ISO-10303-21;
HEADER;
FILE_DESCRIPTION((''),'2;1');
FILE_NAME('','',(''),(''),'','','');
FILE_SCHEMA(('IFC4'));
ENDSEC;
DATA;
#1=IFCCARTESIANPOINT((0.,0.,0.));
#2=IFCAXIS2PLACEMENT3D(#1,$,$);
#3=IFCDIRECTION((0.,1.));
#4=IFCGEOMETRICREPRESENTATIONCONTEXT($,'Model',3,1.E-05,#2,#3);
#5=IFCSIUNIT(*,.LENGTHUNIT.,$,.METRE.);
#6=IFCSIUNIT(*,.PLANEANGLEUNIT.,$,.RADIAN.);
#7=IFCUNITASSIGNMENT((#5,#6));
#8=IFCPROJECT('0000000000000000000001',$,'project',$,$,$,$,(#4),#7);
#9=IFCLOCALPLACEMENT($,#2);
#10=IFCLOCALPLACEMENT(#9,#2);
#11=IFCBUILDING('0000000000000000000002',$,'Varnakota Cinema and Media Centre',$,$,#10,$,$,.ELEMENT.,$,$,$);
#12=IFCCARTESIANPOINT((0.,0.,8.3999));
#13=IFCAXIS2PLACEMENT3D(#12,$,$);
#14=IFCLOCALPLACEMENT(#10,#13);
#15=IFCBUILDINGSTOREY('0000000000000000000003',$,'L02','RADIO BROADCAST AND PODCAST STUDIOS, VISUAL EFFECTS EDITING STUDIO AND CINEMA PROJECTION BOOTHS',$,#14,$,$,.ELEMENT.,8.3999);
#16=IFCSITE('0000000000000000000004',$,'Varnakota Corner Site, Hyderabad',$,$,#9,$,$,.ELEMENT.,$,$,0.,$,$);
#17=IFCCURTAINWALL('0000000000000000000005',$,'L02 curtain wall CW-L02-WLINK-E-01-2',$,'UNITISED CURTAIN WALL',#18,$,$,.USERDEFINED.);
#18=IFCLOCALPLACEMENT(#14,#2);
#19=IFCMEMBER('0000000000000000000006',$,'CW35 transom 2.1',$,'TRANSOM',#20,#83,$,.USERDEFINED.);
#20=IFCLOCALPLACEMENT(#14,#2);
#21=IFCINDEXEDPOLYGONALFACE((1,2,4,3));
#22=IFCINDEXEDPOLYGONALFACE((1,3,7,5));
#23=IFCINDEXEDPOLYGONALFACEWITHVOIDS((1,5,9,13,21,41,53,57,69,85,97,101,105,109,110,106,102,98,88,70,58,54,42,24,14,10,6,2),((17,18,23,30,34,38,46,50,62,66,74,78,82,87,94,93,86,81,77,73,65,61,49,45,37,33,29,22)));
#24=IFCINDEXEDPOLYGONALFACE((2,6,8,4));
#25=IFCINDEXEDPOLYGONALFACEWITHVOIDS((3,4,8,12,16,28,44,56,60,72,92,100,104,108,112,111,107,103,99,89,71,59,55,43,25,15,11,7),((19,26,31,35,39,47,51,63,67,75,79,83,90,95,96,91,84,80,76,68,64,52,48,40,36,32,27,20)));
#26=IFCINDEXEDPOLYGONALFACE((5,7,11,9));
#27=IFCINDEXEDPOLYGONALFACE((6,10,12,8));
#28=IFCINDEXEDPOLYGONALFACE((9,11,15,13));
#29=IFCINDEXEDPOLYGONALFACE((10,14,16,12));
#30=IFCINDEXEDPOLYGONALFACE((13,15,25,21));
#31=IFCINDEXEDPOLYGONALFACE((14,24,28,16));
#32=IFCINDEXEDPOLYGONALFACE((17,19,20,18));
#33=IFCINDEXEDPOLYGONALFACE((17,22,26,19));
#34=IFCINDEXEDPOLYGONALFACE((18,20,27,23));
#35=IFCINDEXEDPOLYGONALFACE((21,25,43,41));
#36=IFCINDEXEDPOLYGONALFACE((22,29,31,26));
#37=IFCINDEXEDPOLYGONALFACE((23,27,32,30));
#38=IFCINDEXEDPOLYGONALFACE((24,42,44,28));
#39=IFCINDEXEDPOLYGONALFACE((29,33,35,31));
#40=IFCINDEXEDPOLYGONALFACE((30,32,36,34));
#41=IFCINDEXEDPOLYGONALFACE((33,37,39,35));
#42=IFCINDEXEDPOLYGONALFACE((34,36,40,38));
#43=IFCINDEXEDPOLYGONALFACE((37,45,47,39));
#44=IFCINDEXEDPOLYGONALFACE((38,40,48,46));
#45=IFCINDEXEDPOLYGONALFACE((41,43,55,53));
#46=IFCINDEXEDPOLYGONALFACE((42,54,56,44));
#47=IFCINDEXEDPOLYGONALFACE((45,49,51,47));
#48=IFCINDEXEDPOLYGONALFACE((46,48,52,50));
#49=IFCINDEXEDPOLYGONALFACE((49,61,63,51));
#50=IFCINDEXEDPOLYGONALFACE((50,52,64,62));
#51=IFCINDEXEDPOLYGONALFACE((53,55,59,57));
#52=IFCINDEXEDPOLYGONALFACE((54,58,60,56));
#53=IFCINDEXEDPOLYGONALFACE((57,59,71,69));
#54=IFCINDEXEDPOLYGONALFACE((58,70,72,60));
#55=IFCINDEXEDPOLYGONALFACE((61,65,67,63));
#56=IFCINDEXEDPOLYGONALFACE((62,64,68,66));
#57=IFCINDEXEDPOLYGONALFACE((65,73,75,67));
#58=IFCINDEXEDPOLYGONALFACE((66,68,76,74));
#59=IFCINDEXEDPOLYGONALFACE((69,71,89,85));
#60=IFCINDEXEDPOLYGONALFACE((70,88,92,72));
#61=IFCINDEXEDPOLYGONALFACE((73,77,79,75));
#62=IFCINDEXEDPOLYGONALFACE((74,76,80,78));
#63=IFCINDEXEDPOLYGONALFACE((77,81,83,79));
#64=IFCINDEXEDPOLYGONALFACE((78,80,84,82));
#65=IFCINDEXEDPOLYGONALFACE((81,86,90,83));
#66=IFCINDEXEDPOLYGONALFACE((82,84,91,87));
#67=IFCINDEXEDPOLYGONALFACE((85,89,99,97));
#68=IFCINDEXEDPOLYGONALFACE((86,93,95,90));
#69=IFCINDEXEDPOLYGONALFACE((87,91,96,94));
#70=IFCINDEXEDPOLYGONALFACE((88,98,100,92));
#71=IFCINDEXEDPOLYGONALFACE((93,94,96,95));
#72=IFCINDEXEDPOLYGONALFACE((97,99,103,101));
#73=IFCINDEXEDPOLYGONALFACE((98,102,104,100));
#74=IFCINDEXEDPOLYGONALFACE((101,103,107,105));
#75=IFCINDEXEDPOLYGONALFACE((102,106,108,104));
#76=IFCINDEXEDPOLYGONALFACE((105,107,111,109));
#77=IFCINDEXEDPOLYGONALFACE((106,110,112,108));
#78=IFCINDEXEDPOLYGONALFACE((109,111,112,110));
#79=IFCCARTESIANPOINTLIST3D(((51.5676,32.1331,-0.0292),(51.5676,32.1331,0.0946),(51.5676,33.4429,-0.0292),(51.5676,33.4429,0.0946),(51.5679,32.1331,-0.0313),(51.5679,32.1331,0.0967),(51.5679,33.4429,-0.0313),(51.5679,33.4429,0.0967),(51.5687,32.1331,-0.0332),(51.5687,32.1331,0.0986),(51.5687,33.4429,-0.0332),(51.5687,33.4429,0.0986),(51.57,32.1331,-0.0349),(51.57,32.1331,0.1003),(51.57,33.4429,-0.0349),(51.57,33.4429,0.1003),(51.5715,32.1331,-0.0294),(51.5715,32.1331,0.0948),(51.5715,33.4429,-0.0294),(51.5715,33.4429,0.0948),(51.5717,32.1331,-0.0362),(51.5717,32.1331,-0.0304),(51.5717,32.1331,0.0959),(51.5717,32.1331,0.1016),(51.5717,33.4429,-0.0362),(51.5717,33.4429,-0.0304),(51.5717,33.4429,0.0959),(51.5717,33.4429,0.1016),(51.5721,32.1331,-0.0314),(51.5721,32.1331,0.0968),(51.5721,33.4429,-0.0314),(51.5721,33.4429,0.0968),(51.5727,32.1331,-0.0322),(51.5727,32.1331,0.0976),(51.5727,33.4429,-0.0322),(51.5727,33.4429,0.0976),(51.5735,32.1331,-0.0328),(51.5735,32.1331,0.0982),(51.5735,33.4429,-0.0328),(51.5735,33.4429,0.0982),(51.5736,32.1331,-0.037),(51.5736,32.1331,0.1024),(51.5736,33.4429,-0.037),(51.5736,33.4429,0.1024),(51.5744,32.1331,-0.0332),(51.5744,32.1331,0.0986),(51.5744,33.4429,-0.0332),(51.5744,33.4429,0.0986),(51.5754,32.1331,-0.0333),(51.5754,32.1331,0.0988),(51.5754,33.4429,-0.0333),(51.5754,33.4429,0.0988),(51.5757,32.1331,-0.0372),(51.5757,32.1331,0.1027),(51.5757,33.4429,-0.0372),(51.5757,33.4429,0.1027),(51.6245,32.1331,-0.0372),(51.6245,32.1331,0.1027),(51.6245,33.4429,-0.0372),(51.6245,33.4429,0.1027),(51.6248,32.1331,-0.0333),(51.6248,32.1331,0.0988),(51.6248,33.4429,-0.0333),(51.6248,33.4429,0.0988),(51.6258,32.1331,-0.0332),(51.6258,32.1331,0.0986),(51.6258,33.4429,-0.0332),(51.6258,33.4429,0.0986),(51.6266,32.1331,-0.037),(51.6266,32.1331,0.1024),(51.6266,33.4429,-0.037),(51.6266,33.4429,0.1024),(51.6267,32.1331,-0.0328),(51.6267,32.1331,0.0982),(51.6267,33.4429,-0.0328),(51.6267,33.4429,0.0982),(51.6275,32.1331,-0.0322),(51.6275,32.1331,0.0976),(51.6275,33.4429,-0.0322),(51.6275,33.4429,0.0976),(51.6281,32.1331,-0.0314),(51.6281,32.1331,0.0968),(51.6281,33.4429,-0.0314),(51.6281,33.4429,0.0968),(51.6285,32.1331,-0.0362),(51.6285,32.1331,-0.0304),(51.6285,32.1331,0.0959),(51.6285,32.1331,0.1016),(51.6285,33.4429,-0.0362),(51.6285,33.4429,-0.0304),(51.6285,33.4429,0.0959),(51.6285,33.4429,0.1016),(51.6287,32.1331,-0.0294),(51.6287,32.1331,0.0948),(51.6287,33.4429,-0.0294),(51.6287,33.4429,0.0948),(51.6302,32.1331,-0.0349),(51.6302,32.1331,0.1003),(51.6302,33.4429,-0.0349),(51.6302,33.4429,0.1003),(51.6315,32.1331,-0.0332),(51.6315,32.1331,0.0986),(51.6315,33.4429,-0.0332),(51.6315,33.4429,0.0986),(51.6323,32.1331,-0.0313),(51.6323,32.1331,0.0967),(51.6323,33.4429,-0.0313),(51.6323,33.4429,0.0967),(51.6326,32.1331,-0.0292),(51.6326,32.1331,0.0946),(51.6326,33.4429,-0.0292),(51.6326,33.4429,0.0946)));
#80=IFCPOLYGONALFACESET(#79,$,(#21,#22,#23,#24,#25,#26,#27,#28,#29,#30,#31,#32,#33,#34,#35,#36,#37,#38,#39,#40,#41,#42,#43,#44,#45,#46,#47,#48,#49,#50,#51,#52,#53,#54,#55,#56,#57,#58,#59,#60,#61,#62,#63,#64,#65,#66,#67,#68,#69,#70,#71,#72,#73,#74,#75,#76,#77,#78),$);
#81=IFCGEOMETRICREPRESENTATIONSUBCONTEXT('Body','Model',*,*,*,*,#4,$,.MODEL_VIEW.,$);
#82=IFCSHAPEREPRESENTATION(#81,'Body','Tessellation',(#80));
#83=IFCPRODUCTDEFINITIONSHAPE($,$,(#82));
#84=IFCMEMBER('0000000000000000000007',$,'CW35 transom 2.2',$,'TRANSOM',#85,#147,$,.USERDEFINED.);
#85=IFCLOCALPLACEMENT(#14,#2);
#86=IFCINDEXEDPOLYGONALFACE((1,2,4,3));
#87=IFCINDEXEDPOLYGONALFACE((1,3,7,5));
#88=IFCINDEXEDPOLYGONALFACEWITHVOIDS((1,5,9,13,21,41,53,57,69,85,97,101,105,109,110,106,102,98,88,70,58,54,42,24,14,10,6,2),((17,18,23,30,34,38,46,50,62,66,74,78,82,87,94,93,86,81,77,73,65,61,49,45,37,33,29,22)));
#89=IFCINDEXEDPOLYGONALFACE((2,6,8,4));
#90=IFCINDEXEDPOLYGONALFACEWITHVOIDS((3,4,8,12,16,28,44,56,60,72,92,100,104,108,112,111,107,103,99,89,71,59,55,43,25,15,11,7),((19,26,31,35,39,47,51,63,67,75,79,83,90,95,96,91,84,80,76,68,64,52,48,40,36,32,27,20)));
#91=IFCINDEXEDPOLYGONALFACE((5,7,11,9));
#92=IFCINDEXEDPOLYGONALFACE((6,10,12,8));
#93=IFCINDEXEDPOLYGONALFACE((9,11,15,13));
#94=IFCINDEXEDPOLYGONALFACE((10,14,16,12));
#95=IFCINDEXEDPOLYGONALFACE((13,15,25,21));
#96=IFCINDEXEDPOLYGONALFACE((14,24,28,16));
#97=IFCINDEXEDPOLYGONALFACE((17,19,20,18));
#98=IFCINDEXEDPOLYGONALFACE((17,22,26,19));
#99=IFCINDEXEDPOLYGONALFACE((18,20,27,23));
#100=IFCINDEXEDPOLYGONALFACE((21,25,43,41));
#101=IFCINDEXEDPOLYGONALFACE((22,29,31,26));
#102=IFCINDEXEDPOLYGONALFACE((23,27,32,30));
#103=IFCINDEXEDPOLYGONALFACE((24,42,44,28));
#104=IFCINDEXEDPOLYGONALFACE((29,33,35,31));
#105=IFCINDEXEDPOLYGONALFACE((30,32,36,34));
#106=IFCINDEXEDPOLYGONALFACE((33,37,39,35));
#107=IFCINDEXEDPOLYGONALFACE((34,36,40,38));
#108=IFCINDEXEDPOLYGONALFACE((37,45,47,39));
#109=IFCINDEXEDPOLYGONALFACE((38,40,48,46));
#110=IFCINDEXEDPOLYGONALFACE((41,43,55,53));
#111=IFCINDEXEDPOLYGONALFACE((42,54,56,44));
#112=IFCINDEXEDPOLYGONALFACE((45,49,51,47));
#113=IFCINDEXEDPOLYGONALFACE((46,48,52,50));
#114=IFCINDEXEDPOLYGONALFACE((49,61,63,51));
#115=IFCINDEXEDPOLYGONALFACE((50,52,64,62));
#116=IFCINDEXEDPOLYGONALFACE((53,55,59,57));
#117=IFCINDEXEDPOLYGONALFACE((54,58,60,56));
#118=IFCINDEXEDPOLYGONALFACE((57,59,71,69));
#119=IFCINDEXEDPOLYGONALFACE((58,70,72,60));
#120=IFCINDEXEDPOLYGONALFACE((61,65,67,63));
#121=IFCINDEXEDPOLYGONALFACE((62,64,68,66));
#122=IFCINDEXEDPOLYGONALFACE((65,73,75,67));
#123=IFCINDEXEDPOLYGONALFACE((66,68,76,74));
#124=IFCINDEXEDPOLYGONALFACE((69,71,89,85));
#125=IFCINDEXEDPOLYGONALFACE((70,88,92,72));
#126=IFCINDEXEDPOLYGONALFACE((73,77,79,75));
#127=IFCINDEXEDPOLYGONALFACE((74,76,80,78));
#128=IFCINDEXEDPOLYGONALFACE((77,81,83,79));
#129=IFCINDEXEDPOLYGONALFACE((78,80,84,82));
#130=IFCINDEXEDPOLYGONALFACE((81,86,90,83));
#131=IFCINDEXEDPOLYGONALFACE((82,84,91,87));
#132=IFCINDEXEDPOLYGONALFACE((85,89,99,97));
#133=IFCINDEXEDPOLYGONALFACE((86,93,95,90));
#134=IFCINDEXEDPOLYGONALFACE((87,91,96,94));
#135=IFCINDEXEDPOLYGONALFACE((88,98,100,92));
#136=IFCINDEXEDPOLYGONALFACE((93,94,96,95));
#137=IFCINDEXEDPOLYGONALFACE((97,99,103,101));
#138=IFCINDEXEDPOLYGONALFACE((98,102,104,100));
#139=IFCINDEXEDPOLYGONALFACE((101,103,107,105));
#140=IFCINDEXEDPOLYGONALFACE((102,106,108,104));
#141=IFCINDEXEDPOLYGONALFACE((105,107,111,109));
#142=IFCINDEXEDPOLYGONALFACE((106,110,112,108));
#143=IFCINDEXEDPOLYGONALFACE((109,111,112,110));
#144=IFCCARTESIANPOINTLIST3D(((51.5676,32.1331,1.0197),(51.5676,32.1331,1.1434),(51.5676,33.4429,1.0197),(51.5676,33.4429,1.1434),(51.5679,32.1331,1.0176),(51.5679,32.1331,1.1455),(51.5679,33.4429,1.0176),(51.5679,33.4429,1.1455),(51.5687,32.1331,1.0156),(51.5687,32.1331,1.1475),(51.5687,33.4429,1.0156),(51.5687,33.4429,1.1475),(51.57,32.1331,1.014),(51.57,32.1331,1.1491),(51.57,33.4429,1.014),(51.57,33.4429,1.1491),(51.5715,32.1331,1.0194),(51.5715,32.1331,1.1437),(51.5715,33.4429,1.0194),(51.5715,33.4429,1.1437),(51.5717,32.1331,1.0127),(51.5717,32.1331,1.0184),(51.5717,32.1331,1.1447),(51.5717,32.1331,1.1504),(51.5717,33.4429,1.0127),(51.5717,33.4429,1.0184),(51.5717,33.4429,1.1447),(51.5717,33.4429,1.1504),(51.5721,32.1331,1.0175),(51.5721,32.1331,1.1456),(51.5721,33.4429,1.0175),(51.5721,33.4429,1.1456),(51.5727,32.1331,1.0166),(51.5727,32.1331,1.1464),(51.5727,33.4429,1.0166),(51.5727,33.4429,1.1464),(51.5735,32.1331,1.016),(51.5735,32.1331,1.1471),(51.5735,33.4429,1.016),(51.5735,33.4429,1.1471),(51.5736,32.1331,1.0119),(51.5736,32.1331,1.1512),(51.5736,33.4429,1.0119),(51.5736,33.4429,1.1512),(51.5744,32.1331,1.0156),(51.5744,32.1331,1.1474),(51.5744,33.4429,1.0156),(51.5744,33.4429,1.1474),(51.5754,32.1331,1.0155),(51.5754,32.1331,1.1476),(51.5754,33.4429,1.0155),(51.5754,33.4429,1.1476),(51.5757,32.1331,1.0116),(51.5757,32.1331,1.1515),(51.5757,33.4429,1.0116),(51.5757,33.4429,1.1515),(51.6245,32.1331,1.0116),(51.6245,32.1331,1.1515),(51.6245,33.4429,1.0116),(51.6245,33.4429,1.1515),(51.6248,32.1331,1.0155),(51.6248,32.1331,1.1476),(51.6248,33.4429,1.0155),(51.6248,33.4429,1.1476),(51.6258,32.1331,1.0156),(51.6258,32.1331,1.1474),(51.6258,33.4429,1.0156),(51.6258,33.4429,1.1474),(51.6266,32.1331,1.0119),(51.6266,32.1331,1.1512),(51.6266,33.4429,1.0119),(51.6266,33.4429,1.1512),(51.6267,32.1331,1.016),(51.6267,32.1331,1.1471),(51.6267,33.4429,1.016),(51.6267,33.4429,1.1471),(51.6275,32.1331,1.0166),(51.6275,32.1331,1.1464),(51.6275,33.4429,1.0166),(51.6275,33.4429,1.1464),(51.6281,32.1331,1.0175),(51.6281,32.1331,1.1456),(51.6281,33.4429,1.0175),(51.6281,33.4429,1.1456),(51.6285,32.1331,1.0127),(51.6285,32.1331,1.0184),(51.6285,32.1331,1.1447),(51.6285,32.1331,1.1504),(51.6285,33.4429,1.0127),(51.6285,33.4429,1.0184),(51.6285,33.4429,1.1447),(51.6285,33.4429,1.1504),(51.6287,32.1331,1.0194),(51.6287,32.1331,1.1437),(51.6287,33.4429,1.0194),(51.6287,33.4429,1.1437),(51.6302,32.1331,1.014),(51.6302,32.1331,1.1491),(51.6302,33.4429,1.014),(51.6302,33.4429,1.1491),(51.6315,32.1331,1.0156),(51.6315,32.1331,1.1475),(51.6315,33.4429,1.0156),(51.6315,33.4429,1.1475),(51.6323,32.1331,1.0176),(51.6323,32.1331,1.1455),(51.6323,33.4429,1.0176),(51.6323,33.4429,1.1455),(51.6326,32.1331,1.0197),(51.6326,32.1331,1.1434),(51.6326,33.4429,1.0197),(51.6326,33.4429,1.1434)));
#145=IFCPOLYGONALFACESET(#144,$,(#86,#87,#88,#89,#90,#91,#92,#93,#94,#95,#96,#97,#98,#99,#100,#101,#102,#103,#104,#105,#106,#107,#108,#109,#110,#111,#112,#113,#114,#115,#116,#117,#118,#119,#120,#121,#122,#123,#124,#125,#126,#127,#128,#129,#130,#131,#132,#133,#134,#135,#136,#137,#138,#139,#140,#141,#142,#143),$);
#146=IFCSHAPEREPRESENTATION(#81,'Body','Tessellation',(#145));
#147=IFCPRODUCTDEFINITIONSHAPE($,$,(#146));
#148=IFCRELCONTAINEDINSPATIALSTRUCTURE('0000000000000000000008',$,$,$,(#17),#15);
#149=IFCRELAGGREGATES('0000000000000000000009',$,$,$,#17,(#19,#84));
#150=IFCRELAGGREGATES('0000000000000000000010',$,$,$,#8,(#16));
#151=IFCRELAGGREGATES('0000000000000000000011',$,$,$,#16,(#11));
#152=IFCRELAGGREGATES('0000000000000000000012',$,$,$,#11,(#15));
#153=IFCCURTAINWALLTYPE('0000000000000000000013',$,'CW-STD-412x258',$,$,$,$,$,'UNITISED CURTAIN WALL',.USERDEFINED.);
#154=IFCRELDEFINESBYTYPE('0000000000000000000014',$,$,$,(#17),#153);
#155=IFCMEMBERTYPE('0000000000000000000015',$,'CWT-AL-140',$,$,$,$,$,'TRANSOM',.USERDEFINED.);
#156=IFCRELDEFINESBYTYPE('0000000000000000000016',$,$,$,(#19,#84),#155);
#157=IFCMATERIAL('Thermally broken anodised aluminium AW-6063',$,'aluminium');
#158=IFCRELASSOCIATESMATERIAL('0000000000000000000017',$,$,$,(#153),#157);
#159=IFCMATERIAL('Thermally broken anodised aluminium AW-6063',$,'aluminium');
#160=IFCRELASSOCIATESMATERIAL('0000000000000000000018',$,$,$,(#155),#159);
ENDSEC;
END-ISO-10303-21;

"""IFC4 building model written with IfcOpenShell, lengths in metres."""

from ifc_helpers import new_model, si_unit, direction, frame, origin, origin_2d, place, context, subcontext, project, spatial, hollow_rectangle, extrude, material, material_profile, profile_set, type_object, element, aggregate, save


model = new_model("IFC4")

# Units and contexts
model_context = context("Model", 3, precision=1e-05, world=origin(), true_north=direction((0.0, 1.0)))
body_context = subcontext(model_context, "Body", "Model", "MODEL_VIEW")
ifc_project = project(units=[si_unit("LENGTHUNIT", "METRE"), si_unit("PLANEANGLEUNIT", "RADIAN")], contexts=[model_context])

# Site, building, storey
site_placement = place(None, origin())
site = spatial("IfcSite", under=ifc_project, at=site_placement, Name="Varnakota Corner Site, Hyderabad", CompositionType="ELEMENT", RefElevation=0.0)
building_placement = place(site_placement, origin())
building = spatial("IfcBuilding", under=site, at=building_placement, Name="Varnakota Cinema and Media Centre", CompositionType="ELEMENT")
storey_placement = place(building_placement, frame((0.0, 0.0, 8.3999)))
storey = spatial("IfcBuildingStorey", under=building, at=storey_placement, Name="L02", Description="RADIO BROADCAST AND PODCAST STUDIOS, VISUAL EFFECTS EDITING STUDIO AND CINEMA PROJECTION BOOTHS", CompositionType="ELEMENT", Elevation=8.3999)

# Curtain wall
ifc_material_1 = material(Name="Thermally broken anodised aluminium AW-6063", Category="aluminium")
curtain_wall_type_1 = type_object("IfcCurtainWallType", Name="CW-STD-412x258", ElementType="UNITISED CURTAIN WALL", PredefinedType="USERDEFINED", material=ifc_material_1)
curtain_wall_1_placement = place(storey_placement, origin())
curtain_wall_1 = element("IfcCurtainWall", 1, at=curtain_wall_1_placement, inside=storey, type_object=curtain_wall_type_1, Name="L02 curtain wall CW-L02-WLINK-E-01-2", ObjectType="UNITISED CURTAIN WALL", PredefinedType="USERDEFINED")

# Members
ifc_material_2 = material(Name="Thermally broken anodised aluminium AW-6063", Category="aluminium")
ifc_material_profile_1 = material_profile(ifc_material_2, hollow_rectangle(XDim=0.0649, YDim=0.1399, WallThickness=0.0039, InnerFilletRadius=0.0039, OuterFilletRadius=0.0081, at=origin_2d()), Name="AL-TRANSOM 140x65x4")
ifc_profile_set_1 = profile_set([ifc_material_profile_1], Name="Thermally broken anodised aluminium AW-6063")
member_type_1 = type_object("IfcMemberType", Name="CWT-AL-140", ElementType="TRANSOM", PredefinedType="USERDEFINED", material=ifc_profile_set_1)
member_1_placement = place(storey_placement, frame((51.6001, 32.1331, 0.0327), z_axis=(0.0, 1.0, 0.0), x_axis=(-1.0, 0.0, 0.0)))
member_1 = element("IfcMember", 2, at=member_1_placement, type_object=member_type_1, Name="CW35 transom 2.1", ObjectType="TRANSOM", PredefinedType="USERDEFINED", context=body_context, shape_type="SweptSolid", body=[
    extrude(hollow_rectangle(XDim=0.0649, YDim=0.1399, WallThickness=0.0039, InnerFilletRadius=0.0039, OuterFilletRadius=0.0081, at=origin_2d()), origin(), (0.0, 0.0, 1.0), 1.3098),
])
member_2_placement = place(storey_placement, frame((51.6001, 32.1331, 1.0815), z_axis=(0.0, 1.0, 0.0), x_axis=(-1.0, 0.0, 0.0)))
member_2 = element("IfcMember", 3, at=member_2_placement, type_object=member_type_1, Name="CW35 transom 2.2", ObjectType="TRANSOM", PredefinedType="USERDEFINED", context=body_context, shape_type="SweptSolid", body=[
    extrude(hollow_rectangle(XDim=0.0649, YDim=0.1399, WallThickness=0.0039, InnerFilletRadius=0.0039, OuterFilletRadius=0.0081, at=origin_2d()), origin(), (0.0, 0.0, 1.0), 1.3098),
])

aggregate(curtain_wall_1, [member_1, member_2])

save(model, "model.ifc")
